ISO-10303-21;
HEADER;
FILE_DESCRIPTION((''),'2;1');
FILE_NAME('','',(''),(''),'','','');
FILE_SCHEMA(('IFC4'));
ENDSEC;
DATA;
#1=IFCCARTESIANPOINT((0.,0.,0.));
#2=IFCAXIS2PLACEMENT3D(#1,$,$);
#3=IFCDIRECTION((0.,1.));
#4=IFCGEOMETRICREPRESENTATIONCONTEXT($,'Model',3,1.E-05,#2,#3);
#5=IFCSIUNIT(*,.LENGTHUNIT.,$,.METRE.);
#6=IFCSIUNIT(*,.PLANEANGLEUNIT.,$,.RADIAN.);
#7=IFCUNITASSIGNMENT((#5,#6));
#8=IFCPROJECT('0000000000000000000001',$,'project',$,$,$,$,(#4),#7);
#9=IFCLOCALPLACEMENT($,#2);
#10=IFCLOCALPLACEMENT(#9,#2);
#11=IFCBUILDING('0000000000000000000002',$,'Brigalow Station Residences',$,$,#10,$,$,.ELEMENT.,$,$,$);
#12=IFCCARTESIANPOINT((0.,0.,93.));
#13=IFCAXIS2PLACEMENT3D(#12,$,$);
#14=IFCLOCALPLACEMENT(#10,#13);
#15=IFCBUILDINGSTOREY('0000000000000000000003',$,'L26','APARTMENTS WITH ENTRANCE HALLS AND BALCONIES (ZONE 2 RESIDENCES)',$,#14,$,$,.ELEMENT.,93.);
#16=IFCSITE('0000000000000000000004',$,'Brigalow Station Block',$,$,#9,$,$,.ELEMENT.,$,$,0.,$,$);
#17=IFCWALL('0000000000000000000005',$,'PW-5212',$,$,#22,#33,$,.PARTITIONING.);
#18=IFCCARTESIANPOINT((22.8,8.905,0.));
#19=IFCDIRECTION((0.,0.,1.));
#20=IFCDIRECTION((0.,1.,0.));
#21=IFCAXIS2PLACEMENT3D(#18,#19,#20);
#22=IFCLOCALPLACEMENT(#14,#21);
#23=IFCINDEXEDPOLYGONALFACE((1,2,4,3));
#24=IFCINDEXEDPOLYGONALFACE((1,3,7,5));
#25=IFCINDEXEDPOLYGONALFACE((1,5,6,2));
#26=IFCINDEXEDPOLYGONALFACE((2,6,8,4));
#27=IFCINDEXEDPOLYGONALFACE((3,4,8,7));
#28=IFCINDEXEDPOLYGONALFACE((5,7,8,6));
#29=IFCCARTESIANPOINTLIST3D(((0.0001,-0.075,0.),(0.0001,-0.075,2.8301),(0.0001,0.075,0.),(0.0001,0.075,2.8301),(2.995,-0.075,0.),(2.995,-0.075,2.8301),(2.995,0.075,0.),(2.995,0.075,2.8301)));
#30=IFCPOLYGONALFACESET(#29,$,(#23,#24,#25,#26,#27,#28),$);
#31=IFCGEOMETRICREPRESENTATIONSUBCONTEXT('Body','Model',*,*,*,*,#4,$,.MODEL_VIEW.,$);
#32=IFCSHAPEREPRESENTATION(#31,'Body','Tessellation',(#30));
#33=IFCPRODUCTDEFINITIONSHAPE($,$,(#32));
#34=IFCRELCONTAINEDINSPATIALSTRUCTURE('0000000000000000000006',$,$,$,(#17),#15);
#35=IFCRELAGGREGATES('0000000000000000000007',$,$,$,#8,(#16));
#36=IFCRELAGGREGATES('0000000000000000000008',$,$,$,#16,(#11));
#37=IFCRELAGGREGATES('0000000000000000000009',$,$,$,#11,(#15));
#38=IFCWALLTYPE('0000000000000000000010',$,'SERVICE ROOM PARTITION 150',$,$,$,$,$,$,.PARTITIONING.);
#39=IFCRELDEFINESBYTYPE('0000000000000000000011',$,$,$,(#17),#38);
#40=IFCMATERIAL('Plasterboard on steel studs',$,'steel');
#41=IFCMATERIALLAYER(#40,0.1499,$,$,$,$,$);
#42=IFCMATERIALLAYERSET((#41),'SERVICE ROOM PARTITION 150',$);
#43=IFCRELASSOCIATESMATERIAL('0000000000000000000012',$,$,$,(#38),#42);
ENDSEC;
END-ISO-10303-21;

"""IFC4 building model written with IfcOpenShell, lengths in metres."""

from ifc_helpers import new_model, si_unit, direction, frame, frame_2d, origin, place, context, subcontext, project, spatial, rectangle, extrude, material, layer, layer_set, type_object, element, save


model = new_model("IFC4")

# Units and contexts
model_context = context("Model", 3, precision=1e-05, world=origin(), true_north=direction((0.0, 1.0)))
body_context = subcontext(model_context, "Body", "Model", "MODEL_VIEW")
ifc_project = project(units=[si_unit("LENGTHUNIT", "METRE"), si_unit("PLANEANGLEUNIT", "RADIAN")], contexts=[model_context])

# Site, building, storey
site_placement = place(None, origin())
site = spatial("IfcSite", under=ifc_project, at=site_placement, Name="Brigalow Station Block", CompositionType="ELEMENT", RefElevation=0.0)
building_placement = place(site_placement, origin())
building = spatial("IfcBuilding", under=site, at=building_placement, Name="Brigalow Station Residences", CompositionType="ELEMENT")
storey_placement = place(building_placement, frame((0.0, 0.0, 93.0)))
storey = spatial("IfcBuildingStorey", under=building, at=storey_placement, Name="L26", Description="APARTMENTS WITH ENTRANCE HALLS AND BALCONIES (ZONE 2 RESIDENCES)", CompositionType="ELEMENT", Elevation=93.0)

# Shared definitions
ifc_material_1 = material(Name="Plasterboard on steel studs", Category="steel")
ifc_layer_1 = layer(ifc_material_1, 0.1499)
ifc_layer_set_1 = layer_set([ifc_layer_1], Name="SERVICE ROOM PARTITION 150")
wall_type_1 = type_object("IfcWallType", Name="SERVICE ROOM PARTITION 150", PredefinedType="PARTITIONING", material=ifc_layer_set_1)

# Wall
wall_1_placement = place(storey_placement, frame((22.8, 8.905, 0.0), z_axis=(0.0, 0.0, 1.0), x_axis=(0.0, 1.0, 0.0)))
element("IfcWall", 1, at=wall_1_placement, inside=storey, type_object=wall_type_1, Name="PW-5212", PredefinedType="PARTITIONING", context=body_context, shape_type="SweptSolid", body=[
    extrude(rectangle(XDim=2.9949, YDim=0.1499, at=frame_2d((1.4976, 0.0))), origin(), (0.0, 0.0, 1.0), 2.8301),
])

save(model, "model.ifc")
